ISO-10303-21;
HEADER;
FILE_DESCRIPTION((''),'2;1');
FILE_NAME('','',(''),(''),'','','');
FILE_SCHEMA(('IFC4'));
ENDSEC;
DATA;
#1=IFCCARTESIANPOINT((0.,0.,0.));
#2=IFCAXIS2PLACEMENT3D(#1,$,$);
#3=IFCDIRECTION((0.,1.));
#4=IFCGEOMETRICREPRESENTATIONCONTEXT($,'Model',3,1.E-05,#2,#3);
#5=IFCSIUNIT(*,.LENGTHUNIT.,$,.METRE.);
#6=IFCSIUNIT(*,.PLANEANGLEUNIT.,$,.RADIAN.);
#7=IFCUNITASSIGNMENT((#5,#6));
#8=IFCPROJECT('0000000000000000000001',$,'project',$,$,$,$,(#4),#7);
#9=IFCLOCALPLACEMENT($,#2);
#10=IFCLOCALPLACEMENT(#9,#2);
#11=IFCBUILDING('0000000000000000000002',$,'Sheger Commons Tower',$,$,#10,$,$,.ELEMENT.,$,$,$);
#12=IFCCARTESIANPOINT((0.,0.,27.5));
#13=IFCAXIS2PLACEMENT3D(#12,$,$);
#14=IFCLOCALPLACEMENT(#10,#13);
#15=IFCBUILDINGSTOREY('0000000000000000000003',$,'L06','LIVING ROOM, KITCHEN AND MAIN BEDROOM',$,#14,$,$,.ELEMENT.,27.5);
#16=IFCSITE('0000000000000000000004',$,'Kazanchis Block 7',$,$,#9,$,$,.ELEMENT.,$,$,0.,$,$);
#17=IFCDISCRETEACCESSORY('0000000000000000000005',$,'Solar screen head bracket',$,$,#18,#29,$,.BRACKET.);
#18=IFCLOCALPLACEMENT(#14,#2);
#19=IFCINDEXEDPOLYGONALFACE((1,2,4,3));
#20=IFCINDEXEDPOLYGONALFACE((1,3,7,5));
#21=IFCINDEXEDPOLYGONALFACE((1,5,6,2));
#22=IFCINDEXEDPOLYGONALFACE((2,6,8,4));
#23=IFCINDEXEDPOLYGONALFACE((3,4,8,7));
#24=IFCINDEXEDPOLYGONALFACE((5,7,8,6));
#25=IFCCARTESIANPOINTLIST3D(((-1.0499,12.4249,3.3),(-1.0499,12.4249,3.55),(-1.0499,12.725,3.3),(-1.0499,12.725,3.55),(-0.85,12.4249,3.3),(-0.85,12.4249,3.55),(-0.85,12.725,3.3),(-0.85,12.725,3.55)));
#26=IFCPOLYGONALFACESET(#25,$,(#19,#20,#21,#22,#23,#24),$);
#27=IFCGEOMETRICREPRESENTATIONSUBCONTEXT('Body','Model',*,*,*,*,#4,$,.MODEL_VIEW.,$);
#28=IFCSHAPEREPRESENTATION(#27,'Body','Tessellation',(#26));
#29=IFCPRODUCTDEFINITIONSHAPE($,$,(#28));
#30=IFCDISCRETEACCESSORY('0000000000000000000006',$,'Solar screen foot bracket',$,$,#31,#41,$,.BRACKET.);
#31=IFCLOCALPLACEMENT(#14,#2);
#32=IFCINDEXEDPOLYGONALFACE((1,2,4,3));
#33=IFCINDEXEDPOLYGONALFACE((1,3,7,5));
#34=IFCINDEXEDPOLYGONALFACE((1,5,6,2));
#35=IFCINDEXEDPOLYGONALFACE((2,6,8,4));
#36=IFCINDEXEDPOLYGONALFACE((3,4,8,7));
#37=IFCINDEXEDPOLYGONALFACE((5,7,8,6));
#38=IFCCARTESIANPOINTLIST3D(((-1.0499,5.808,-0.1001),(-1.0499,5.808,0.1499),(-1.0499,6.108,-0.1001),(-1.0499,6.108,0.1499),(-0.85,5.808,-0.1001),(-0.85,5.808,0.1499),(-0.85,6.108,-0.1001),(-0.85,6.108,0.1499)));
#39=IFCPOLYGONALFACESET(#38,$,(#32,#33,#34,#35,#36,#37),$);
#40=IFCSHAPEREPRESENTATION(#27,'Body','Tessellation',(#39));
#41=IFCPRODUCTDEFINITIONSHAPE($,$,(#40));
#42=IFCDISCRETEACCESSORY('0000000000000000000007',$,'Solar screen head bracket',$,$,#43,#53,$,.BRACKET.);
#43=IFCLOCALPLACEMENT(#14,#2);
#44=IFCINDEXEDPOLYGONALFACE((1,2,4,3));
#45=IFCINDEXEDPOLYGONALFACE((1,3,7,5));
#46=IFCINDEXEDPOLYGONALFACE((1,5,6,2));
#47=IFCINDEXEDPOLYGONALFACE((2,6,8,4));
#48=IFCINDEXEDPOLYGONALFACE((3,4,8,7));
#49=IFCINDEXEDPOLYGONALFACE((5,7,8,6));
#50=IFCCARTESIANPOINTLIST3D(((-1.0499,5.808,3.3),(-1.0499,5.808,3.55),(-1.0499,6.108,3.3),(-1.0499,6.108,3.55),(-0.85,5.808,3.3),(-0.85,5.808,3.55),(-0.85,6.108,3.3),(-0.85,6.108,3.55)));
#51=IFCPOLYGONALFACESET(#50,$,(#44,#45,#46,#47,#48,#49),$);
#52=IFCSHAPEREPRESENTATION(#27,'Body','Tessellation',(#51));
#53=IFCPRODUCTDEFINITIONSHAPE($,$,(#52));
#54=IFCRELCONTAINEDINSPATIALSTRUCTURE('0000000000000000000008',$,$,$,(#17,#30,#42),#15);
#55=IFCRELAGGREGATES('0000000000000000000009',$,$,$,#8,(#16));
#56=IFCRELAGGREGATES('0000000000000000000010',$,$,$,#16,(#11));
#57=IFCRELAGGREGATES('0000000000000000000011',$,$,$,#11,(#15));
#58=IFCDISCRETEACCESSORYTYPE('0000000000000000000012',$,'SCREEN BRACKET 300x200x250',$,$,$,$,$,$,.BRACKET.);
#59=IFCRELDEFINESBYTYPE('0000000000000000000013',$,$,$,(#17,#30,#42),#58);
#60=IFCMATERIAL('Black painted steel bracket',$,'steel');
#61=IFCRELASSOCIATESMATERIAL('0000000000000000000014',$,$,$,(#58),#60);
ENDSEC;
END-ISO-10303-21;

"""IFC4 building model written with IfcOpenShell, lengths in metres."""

from ifc_helpers import new_model, si_unit, direction, frame, origin, origin_2d, place, context, subcontext, project, spatial, rectangle, extrude, material, type_object, element, save


model = new_model("IFC4")

# Units and contexts
model_context = context("Model", 3, precision=1e-05, world=origin(), true_north=direction((0.0, 1.0)))
body_context = subcontext(model_context, "Body", "Model", "MODEL_VIEW")
ifc_project = project(units=[si_unit("LENGTHUNIT", "METRE"), si_unit("PLANEANGLEUNIT", "RADIAN")], contexts=[model_context])

# Site, building, storey
site_placement = place(None, origin())
site = spatial("IfcSite", under=ifc_project, at=site_placement, Name="Kazanchis Block 7", CompositionType="ELEMENT", RefElevation=0.0)
building_placement = place(site_placement, origin())
building = spatial("IfcBuilding", under=site, at=building_placement, Name="Sheger Commons Tower", CompositionType="ELEMENT")
storey_placement = place(building_placement, frame((0.0, 0.0, 27.5)))
storey = spatial("IfcBuildingStorey", under=building, at=storey_placement, Name="L06", Description="LIVING ROOM, KITCHEN AND MAIN BEDROOM", CompositionType="ELEMENT", Elevation=27.5)

# Discrete accessories
ifc_material_1 = material(Name="Black painted steel bracket", Category="steel")
discrete_accessory_type = type_object("IfcDiscreteAccessoryType", Name="SCREEN BRACKET 300x200x250", PredefinedType="BRACKET", material=ifc_material_1)
for number, where, z_axis, x_axis, name in (
    (1, (-0.95, 12.575, 3.3), (0.0, 0.0, 1.0), (0.0, -1.0, 0.0), "Solar screen head bracket"),
    (2, (-0.95, 5.958, -0.1001), (0.0, 0.0, 1.0), (0.0, -1.0, 0.0), "Solar screen foot bracket"),
    (3, (-0.95, 5.958, 3.3), (0.0, 0.0, 1.0), (0.0, -1.0, 0.0), "Solar screen head bracket"),
):
    element("IfcDiscreteAccessory", number, at=place(storey_placement, frame(where, z_axis=z_axis, x_axis=x_axis)), inside=storey, type_object=discrete_accessory_type, Name=name, PredefinedType="BRACKET", context=body_context, shape_type="SweptSolid", body=[
        extrude(rectangle(XDim=0.3, YDim=0.2, at=origin_2d()), origin(), (0.0, 0.0, 1.0), 0.25),
    ])

save(model, "model.ifc")
